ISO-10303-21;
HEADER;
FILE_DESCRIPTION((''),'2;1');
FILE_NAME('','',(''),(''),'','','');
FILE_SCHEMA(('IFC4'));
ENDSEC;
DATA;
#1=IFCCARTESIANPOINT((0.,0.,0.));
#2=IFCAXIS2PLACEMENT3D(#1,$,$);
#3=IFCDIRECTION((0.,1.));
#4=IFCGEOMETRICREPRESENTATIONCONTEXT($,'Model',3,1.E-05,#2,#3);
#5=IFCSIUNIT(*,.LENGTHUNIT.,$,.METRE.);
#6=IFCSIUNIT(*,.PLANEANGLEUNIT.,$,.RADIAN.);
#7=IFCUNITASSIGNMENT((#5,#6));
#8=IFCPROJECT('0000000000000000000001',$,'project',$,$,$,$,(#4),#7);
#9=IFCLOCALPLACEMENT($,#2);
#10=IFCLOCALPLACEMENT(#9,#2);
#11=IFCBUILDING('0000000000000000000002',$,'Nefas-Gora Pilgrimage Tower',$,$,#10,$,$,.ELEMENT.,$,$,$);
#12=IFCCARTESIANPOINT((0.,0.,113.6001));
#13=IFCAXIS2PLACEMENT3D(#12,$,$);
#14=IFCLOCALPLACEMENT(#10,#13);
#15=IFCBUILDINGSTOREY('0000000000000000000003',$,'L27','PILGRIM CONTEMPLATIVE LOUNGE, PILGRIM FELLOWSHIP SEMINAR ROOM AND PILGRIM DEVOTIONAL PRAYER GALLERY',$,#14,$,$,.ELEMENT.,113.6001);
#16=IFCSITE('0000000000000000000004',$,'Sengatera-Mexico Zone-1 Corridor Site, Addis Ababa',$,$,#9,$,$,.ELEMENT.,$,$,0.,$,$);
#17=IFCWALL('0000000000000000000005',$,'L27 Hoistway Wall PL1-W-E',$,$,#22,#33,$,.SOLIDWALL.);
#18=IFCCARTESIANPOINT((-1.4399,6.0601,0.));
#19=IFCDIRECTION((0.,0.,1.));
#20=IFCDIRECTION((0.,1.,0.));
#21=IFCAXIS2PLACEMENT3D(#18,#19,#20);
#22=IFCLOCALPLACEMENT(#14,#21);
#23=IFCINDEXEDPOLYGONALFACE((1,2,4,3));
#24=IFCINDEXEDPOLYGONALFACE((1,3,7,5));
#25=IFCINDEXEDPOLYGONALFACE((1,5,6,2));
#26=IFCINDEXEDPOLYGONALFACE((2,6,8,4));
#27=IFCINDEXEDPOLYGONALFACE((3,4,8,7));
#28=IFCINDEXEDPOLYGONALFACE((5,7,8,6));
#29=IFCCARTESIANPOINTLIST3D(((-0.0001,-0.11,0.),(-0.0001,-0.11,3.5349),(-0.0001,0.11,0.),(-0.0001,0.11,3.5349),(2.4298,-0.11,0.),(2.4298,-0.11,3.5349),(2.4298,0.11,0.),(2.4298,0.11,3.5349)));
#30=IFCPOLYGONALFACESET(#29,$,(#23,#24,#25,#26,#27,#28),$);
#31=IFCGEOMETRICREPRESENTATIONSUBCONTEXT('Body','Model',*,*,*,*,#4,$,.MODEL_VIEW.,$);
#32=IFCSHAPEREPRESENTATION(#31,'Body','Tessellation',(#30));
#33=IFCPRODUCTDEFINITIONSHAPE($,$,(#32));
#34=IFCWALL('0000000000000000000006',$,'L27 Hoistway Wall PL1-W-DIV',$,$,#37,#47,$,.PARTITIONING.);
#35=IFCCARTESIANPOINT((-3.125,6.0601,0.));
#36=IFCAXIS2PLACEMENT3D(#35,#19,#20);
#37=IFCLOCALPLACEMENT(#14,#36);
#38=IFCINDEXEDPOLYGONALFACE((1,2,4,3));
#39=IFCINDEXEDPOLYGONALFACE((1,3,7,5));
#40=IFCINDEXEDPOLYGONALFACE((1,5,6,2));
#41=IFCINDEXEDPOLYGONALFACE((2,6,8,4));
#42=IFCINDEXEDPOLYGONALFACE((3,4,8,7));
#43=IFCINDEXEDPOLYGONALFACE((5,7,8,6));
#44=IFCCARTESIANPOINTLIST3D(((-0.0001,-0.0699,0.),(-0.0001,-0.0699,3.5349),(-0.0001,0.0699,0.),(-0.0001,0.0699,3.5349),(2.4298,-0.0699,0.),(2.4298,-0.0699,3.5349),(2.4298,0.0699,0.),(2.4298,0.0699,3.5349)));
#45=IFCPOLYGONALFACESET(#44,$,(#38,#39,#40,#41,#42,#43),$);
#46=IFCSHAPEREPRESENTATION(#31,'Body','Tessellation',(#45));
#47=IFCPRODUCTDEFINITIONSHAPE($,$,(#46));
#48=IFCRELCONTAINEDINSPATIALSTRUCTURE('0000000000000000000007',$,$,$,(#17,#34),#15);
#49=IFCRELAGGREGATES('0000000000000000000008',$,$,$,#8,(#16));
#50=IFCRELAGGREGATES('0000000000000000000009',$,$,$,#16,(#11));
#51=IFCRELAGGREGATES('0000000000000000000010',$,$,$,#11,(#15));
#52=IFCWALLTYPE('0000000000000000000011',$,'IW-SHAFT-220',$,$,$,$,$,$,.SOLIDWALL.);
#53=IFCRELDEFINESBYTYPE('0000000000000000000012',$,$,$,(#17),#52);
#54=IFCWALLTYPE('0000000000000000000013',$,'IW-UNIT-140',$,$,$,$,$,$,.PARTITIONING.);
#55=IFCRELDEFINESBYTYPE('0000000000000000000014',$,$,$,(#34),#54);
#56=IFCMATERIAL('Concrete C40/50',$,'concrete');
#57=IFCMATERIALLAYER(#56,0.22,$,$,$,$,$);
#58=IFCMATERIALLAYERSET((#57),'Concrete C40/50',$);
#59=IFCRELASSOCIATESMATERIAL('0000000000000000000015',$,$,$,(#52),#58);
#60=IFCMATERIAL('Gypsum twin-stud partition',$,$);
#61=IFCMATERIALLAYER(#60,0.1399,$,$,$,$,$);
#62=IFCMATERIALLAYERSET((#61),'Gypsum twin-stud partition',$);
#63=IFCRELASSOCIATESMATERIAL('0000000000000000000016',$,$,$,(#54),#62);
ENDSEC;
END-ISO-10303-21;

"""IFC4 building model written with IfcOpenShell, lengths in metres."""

from ifc_helpers import new_model, si_unit, direction, frame, frame_2d, origin, place, context, subcontext, project, spatial, rectangle, extrude, source, transform, mapped, material, layer, layer_set, type_object, element, save


model = new_model("IFC4")

# Units and contexts
model_context = context("Model", 3, precision=1e-05, world=origin(), true_north=direction((0.0, 1.0)))
body_context = subcontext(model_context, "Body", "Model", "MODEL_VIEW")
ifc_project = project(units=[si_unit("LENGTHUNIT", "METRE"), si_unit("PLANEANGLEUNIT", "RADIAN")], contexts=[model_context])

# Site, building, storey
site_placement = place(None, origin())
site = spatial("IfcSite", under=ifc_project, at=site_placement, Name="Sengatera-Mexico Zone-1 Corridor Site, Addis Ababa", CompositionType="ELEMENT", RefElevation=0.0)
building_placement = place(site_placement, origin())
building = spatial("IfcBuilding", under=site, at=building_placement, Name="Nefas-Gora Pilgrimage Tower", CompositionType="ELEMENT")
storey_placement = place(building_placement, frame((0.0, 0.0, 113.6001)))
storey = spatial("IfcBuildingStorey", under=building, at=storey_placement, Name="L27", Description="PILGRIM CONTEMPLATIVE LOUNGE, PILGRIM FELLOWSHIP SEMINAR ROOM AND PILGRIM DEVOTIONAL PRAYER GALLERY", CompositionType="ELEMENT", Elevation=113.6001)

# Shared definitions
ifc_material_1 = material(Name="Concrete C40/50", Category="concrete")

# Shared definitions
ifc_layer_1 = layer(ifc_material_1, 0.22)
ifc_layer_set_1 = layer_set([ifc_layer_1], Name="Concrete C40/50")
wall_type_1 = type_object("IfcWallType", Name="IW-SHAFT-220", PredefinedType="SOLIDWALL", material=ifc_layer_set_1)

# Walls
shared_shape_1 = source(origin(), body_context, "Body", "SweptSolid", [
    extrude(rectangle(XDim=2.4299, YDim=0.22, at=frame_2d((1.2148, 0.0))), origin(), (0.0, 0.0, 1.0), 3.5349),
])
for number, where, z_axis, x_axis, name in (
    (1, (-1.4399, 6.0601, 0.0), (0.0, 0.0, 1.0), (0.0, 1.0, 0.0), "L27 Hoistway Wall PL1-W-E"),
):
    element("IfcWall", number, at=place(storey_placement, frame(where, z_axis=z_axis, x_axis=x_axis)), inside=storey, type_object=wall_type_1, Name=name, PredefinedType="SOLIDWALL", context=body_context, shape_type="MappedRepresentation", body=[
        mapped(shared_shape_1, transform((0.0, 0.0, 0.0), x_axis=(1.0, 0.0, 0.0), y_axis=(0.0, 1.0, 0.0), z_axis=(0.0, 0.0, 1.0), scale=1.0)),
    ])
ifc_material_2 = material(Name="Gypsum twin-stud partition")
ifc_layer_2 = layer(ifc_material_2, 0.1399)
ifc_layer_set_2 = layer_set([ifc_layer_2], Name="Gypsum twin-stud partition")
wall_type_2 = type_object("IfcWallType", Name="IW-UNIT-140", PredefinedType="PARTITIONING", material=ifc_layer_set_2)
shared_shape_2 = source(origin(), body_context, "Body", "SweptSolid", [
    extrude(rectangle(XDim=2.4299, YDim=0.1399, at=frame_2d((1.2148, 0.0))), origin(), (0.0, 0.0, 1.0), 3.5349),
])
wall_1_placement = place(storey_placement, frame((-3.125, 6.0601, 0.0), z_axis=(0.0, 0.0, 1.0), x_axis=(0.0, 1.0, 0.0)))
element("IfcWall", 2, at=wall_1_placement, inside=storey, type_object=wall_type_2, Name="L27 Hoistway Wall PL1-W-DIV", PredefinedType="PARTITIONING", context=body_context, shape_type="MappedRepresentation", body=[
    mapped(shared_shape_2, transform((0.0, 0.0, 0.0), x_axis=(1.0, 0.0, 0.0), y_axis=(0.0, 1.0, 0.0), z_axis=(0.0, 0.0, 1.0), scale=1.0)),
])

save(model, "model.ifc")
